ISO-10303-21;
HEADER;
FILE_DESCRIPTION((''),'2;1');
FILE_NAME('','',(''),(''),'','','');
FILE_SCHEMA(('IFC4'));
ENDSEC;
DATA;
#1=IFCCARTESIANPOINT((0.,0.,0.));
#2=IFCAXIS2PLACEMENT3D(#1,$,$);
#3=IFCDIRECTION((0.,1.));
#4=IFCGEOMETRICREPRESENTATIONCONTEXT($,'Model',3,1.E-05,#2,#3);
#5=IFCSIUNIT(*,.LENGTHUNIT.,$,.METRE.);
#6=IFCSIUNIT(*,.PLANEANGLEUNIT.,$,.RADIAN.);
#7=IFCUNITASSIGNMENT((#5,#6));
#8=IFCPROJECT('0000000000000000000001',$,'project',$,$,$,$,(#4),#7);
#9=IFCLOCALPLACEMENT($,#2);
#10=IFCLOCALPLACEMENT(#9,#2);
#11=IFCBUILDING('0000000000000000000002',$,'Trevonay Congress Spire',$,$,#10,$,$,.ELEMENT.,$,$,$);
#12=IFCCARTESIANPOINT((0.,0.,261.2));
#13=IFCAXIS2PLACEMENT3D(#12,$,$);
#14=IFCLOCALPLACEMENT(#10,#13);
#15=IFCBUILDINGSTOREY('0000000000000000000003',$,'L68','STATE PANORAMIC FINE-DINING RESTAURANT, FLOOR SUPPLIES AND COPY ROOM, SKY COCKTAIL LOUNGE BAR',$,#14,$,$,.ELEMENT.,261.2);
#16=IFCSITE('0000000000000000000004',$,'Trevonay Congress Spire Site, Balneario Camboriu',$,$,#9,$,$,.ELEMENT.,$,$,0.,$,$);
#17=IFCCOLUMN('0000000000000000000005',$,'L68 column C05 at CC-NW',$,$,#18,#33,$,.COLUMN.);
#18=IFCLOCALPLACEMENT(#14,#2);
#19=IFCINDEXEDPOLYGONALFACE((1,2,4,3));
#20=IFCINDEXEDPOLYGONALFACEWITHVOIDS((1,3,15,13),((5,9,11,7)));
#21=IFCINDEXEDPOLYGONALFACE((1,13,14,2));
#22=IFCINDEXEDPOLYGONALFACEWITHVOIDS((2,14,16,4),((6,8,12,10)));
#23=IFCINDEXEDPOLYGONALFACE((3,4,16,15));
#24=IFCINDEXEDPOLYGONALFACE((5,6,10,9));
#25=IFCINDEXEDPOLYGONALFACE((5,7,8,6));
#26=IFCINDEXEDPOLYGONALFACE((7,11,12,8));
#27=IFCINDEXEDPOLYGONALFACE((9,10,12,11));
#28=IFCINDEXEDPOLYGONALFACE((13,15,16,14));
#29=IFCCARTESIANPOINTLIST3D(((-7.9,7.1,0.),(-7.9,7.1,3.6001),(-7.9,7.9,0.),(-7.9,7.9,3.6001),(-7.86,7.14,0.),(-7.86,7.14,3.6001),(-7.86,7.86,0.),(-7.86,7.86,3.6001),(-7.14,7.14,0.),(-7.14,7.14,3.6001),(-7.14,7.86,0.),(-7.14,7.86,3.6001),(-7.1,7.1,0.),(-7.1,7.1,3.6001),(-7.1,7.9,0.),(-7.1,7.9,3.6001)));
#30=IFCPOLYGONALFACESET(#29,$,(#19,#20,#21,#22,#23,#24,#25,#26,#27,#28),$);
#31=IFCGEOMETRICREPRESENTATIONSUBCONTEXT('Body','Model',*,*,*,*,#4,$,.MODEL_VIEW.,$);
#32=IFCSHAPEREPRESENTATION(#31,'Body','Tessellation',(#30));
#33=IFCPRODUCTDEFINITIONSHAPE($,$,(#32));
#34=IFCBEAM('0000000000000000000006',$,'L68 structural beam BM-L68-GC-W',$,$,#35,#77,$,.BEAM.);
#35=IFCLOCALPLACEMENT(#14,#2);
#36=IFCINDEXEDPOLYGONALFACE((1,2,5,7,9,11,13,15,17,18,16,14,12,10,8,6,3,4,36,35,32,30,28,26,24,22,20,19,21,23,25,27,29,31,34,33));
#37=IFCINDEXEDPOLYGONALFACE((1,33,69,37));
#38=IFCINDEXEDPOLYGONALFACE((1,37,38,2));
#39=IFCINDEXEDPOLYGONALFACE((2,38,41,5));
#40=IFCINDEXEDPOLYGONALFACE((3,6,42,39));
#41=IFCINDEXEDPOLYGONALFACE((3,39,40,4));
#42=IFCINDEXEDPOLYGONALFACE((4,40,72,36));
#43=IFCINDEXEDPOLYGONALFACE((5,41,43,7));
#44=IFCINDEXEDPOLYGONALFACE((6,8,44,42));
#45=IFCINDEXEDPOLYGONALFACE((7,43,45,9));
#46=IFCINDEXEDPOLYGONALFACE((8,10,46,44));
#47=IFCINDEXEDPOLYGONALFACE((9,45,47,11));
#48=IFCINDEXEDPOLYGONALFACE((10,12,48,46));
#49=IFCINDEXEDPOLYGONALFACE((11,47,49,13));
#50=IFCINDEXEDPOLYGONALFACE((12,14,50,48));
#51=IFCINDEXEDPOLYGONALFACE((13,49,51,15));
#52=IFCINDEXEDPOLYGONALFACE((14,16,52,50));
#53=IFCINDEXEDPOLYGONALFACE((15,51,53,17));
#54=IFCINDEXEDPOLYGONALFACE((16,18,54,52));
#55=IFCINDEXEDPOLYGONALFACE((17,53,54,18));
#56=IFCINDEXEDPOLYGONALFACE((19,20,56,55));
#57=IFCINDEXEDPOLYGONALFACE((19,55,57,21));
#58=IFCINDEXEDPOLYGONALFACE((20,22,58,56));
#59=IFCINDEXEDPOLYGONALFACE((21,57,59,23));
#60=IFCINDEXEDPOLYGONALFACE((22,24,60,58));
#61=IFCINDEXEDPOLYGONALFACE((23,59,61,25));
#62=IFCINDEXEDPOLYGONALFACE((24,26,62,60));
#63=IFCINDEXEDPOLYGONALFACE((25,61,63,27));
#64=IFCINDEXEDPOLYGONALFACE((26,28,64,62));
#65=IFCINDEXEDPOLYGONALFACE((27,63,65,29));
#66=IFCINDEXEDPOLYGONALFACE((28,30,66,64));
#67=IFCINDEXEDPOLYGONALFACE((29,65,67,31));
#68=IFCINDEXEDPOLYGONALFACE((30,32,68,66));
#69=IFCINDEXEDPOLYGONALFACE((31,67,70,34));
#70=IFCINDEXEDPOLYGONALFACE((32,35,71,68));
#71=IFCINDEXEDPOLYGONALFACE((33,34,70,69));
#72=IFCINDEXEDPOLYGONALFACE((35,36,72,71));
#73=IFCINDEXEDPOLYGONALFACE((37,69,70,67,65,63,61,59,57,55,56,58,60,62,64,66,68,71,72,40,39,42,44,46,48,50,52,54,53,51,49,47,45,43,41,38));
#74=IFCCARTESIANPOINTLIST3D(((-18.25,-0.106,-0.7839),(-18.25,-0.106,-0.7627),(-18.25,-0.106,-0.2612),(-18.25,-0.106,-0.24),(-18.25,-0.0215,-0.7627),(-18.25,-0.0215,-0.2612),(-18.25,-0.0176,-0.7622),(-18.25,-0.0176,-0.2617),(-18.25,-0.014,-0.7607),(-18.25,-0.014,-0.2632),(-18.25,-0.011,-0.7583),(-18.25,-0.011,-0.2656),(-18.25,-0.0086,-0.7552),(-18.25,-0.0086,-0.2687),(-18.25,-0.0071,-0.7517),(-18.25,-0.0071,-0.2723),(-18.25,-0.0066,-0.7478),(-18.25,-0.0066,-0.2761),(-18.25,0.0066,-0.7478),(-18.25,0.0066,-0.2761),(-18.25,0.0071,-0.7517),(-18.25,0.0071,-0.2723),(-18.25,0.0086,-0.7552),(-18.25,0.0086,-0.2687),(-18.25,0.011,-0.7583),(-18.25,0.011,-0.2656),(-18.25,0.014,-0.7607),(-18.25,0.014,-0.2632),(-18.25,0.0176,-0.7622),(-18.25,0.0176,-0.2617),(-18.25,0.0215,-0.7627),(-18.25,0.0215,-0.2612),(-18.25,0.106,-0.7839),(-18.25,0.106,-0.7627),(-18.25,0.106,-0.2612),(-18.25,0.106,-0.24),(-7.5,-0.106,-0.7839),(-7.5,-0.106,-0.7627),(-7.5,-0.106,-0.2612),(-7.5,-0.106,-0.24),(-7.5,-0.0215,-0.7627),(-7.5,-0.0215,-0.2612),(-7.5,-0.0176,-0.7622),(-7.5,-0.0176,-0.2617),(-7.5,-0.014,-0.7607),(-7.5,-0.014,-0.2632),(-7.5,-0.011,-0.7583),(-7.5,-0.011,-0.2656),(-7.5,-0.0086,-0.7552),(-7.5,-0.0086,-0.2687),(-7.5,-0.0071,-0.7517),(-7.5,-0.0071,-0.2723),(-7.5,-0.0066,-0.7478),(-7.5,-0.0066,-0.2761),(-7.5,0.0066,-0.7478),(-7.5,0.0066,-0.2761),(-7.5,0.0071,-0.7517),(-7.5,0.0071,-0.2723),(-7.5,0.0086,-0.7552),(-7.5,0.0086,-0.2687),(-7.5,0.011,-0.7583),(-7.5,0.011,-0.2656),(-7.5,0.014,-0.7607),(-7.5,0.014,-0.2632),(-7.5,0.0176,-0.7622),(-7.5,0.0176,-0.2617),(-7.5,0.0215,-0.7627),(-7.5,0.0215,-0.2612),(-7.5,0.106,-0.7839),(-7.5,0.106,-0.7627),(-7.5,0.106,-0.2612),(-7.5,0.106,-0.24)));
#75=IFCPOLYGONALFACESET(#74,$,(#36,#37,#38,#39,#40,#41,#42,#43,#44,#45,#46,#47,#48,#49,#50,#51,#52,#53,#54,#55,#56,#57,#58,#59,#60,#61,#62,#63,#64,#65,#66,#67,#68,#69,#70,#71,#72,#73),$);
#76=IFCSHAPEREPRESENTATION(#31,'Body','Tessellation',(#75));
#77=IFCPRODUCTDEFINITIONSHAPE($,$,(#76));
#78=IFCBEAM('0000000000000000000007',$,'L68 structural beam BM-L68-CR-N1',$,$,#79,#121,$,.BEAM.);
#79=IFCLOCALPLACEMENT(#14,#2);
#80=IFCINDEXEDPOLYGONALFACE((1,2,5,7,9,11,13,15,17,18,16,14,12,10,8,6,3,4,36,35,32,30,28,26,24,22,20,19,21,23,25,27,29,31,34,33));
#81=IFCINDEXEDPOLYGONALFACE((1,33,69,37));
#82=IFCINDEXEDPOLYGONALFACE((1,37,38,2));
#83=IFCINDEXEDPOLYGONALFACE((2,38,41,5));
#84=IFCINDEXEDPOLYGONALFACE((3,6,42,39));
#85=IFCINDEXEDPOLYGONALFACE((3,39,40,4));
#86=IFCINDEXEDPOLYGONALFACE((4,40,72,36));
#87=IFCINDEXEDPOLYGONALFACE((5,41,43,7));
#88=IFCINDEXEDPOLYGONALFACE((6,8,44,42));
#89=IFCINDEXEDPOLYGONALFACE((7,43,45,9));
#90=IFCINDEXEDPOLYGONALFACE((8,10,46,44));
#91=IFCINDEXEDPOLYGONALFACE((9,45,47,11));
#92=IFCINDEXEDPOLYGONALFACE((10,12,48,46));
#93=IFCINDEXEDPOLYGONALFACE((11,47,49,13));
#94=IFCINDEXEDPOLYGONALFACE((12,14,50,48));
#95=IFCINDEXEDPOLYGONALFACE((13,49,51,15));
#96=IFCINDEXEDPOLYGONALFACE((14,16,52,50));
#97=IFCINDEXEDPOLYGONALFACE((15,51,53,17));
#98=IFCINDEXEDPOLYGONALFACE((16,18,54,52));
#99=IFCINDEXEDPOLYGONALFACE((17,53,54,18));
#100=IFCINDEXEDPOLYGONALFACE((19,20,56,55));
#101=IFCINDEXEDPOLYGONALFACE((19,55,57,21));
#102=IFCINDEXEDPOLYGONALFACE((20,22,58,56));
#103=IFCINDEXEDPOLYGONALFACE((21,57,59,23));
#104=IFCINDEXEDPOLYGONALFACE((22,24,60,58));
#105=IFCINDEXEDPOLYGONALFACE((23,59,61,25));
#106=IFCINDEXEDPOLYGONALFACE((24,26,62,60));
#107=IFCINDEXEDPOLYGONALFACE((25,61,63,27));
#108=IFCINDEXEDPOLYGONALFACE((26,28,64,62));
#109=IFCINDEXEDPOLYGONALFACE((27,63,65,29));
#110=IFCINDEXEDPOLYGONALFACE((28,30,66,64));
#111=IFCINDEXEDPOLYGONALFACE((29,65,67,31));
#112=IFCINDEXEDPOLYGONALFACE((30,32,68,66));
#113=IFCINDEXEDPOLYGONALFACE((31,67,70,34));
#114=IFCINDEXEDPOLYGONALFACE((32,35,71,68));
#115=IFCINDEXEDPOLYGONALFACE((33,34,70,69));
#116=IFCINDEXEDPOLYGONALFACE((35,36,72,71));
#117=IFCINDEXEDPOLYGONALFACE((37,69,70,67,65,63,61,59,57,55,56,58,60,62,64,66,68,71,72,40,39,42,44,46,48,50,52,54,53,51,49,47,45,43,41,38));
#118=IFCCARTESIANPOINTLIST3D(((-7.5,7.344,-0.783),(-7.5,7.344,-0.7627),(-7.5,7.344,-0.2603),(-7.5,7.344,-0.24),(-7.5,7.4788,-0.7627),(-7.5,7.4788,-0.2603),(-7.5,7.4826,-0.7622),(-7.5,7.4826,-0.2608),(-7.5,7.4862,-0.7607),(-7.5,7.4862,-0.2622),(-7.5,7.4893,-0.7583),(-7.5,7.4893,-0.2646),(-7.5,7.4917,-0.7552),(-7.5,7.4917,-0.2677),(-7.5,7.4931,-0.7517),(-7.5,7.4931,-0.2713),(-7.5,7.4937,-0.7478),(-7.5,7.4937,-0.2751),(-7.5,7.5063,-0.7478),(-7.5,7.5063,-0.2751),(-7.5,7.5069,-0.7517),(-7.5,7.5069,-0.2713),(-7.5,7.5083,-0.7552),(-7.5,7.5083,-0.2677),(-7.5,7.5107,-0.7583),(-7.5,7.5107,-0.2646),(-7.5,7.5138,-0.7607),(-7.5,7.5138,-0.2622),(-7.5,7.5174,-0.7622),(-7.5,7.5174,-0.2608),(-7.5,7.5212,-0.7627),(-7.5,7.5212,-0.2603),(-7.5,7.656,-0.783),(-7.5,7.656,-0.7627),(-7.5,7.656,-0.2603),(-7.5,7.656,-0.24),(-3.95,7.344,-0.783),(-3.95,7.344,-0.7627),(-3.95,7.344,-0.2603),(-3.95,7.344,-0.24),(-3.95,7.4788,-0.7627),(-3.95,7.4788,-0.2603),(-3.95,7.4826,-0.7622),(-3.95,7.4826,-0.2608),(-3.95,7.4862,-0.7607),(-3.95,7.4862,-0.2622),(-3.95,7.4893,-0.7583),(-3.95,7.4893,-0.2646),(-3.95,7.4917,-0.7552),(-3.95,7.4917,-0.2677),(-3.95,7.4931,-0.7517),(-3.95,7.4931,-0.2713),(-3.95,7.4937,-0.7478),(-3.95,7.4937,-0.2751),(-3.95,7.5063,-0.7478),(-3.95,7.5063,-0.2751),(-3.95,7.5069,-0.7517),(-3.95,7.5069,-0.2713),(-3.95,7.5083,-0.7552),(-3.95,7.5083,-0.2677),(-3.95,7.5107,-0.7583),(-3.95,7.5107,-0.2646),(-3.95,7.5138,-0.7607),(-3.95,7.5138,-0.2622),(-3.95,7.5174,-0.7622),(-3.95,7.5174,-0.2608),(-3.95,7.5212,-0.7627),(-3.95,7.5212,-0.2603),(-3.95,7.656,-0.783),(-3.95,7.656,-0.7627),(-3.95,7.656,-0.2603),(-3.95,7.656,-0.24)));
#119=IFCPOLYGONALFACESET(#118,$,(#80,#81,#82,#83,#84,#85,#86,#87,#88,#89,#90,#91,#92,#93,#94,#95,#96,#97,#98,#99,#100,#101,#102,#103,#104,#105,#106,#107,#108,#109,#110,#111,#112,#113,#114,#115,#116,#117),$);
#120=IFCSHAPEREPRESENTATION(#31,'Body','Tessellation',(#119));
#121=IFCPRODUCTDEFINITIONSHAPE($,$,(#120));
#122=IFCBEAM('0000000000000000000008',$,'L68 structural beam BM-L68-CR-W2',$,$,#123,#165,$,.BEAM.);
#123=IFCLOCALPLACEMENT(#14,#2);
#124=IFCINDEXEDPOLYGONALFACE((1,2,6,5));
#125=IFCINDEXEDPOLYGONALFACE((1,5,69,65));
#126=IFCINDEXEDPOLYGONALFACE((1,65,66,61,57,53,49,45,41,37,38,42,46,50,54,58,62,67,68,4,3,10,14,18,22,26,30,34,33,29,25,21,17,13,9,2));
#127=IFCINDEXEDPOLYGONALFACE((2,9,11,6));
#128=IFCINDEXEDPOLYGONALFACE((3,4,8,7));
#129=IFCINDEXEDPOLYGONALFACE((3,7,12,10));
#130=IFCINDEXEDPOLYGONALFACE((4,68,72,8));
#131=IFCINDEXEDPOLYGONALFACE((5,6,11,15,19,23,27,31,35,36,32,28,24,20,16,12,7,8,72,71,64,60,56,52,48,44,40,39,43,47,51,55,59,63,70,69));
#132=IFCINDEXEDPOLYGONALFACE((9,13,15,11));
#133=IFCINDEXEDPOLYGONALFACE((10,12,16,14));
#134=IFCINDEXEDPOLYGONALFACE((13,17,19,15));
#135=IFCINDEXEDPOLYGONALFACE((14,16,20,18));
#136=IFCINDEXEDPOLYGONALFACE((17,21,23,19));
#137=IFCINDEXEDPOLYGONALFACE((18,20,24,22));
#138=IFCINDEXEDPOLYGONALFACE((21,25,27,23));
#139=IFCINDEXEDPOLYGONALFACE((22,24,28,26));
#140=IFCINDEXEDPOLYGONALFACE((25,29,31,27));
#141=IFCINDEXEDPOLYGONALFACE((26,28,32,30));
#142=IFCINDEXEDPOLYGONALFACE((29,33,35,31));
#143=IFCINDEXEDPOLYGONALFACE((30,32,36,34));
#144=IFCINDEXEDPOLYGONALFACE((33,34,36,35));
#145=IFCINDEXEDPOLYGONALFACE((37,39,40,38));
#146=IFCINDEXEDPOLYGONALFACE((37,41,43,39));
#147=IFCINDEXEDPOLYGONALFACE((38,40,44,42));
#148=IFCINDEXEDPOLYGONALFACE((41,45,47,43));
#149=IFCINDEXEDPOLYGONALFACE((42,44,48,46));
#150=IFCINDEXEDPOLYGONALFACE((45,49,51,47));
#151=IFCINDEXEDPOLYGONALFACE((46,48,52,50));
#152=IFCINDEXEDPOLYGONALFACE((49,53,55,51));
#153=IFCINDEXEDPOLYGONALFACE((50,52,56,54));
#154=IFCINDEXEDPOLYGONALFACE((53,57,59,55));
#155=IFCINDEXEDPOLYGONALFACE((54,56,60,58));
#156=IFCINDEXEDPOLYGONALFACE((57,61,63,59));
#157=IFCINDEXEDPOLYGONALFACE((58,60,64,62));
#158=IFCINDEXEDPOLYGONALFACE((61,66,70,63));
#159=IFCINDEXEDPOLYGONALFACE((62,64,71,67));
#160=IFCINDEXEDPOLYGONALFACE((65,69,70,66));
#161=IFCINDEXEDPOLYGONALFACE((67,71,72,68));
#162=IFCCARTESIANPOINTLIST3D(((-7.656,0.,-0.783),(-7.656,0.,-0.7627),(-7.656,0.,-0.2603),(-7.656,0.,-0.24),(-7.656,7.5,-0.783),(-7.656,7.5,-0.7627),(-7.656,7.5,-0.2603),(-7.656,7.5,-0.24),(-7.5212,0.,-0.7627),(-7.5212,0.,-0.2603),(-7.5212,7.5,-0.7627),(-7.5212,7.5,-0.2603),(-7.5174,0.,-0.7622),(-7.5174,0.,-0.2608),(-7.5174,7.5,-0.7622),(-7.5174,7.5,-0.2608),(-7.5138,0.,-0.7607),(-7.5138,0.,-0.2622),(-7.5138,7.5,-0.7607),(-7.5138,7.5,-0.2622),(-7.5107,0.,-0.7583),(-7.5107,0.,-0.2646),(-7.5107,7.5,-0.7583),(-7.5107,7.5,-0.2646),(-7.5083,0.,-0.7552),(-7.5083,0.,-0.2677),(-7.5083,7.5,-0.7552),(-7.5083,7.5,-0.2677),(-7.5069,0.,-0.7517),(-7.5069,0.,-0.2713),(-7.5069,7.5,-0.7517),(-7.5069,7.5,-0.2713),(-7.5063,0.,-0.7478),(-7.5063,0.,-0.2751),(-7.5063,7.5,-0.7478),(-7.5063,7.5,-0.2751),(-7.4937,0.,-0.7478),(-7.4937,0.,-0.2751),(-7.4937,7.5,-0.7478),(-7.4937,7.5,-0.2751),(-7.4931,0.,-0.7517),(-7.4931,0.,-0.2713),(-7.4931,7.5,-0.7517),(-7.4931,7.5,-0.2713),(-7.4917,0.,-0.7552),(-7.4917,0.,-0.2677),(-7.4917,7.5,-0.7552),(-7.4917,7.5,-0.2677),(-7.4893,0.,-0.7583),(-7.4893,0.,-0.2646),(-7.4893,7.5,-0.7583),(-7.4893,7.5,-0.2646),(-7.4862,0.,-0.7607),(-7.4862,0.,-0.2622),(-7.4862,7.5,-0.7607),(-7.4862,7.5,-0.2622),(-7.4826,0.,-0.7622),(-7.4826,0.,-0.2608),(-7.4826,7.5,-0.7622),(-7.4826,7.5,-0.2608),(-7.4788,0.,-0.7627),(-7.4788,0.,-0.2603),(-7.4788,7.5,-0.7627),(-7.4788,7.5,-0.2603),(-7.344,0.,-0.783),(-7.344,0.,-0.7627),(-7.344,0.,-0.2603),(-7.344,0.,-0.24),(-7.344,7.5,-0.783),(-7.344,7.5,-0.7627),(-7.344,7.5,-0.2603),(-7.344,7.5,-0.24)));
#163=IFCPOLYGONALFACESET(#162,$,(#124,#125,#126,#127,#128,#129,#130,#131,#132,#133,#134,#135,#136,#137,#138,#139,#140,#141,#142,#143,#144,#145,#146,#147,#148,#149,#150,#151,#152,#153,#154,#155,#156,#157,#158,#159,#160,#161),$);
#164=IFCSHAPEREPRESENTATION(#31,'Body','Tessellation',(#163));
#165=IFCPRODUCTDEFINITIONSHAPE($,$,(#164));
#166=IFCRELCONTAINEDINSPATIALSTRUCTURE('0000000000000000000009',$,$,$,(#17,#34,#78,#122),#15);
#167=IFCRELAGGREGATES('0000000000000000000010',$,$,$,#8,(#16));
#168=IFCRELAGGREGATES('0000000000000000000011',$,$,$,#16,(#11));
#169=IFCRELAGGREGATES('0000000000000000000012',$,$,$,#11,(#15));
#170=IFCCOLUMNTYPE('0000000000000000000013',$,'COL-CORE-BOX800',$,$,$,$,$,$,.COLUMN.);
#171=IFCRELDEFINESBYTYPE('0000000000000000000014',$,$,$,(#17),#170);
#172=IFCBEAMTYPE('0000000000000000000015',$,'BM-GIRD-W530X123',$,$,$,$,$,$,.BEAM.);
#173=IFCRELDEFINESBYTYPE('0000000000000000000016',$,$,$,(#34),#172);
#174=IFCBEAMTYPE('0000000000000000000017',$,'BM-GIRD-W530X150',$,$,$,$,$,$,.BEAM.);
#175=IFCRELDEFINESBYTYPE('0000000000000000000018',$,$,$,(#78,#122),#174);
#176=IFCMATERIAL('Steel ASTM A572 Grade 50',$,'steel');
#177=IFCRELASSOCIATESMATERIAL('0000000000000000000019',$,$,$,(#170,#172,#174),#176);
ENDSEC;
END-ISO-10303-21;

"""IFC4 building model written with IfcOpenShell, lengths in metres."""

from ifc_helpers import new_model, si_unit, direction, frame, origin, origin_2d, place, context, subcontext, project, spatial, hollow_rectangle, i_section, extrude, material, material_profile, profile_set, type_object, element, save


model = new_model("IFC4")

# Units and contexts
model_context = context("Model", 3, precision=1e-05, world=origin(), true_north=direction((0.0, 1.0)))
body_context = subcontext(model_context, "Body", "Model", "MODEL_VIEW")
ifc_project = project(units=[si_unit("LENGTHUNIT", "METRE"), si_unit("PLANEANGLEUNIT", "RADIAN")], contexts=[model_context])

# Site, building, storey
site_placement = place(None, origin())
site = spatial("IfcSite", under=ifc_project, at=site_placement, Name="Trevonay Congress Spire Site, Balneario Camboriu", CompositionType="ELEMENT", RefElevation=0.0)
building_placement = place(site_placement, origin())
building = spatial("IfcBuilding", under=site, at=building_placement, Name="Trevonay Congress Spire", CompositionType="ELEMENT")
storey_placement = place(building_placement, frame((0.0, 0.0, 261.2)))
storey = spatial("IfcBuildingStorey", under=building, at=storey_placement, Name="L68", Description="STATE PANORAMIC FINE-DINING RESTAURANT, FLOOR SUPPLIES AND COPY ROOM, SKY COCKTAIL LOUNGE BAR", CompositionType="ELEMENT", Elevation=261.2)

# Column
ifc_material_1 = material(Name="Steel ASTM A572 Grade 50", Category="steel")
ifc_material_profile_1 = material_profile(ifc_material_1, hollow_rectangle(XDim=0.8, YDim=0.8, WallThickness=0.04, at=origin_2d()), Name="BOX 800x800x40")
ifc_profile_set_1 = profile_set([ifc_material_profile_1], Name="Steel ASTM A572 Grade 50")
column_type = type_object("IfcColumnType", Name="COL-CORE-BOX800", PredefinedType="COLUMN", material=ifc_profile_set_1)
column_placement = place(storey_placement, frame((-7.5, 7.5, 0.0), z_axis=(0.0, 0.0, 1.0), x_axis=(1.0, 0.0, 0.0)))
element("IfcColumn", 1, at=column_placement, inside=storey, type_object=column_type, Name="L68 column C05 at CC-NW", PredefinedType="COLUMN", context=body_context, shape_type="SweptSolid", body=[
    extrude(hollow_rectangle(XDim=0.8, YDim=0.8, WallThickness=0.04, at=origin_2d()), origin(), (0.0, 0.0, 1.0), 3.6001),
])

# Beams
ifc_material_profile_2 = material_profile(ifc_material_1, i_section(OverallWidth=0.2119, OverallDepth=0.5439, WebThickness=0.0132, FlangeThickness=0.0212, FilletRadius=0.0149, at=origin_2d()), Name="W530x123")
ifc_profile_set_2 = profile_set([ifc_material_profile_2], Name="Steel ASTM A572 Grade 50")
beam_type_1 = type_object("IfcBeamType", Name="BM-GIRD-W530X123", PredefinedType="BEAM", material=ifc_profile_set_2)
beam_1_placement = place(storey_placement, frame((-7.5, 0.0, -0.512), z_axis=(-1.0, 0.0, 0.0), x_axis=(0.0, -1.0, 0.0)))
element("IfcBeam", 2, at=beam_1_placement, inside=storey, type_object=beam_type_1, Name="L68 structural beam BM-L68-GC-W", PredefinedType="BEAM", context=body_context, shape_type="SweptSolid", body=[
    extrude(i_section(OverallWidth=0.2119, OverallDepth=0.5439, WebThickness=0.0132, FlangeThickness=0.0212, FilletRadius=0.0149, at=origin_2d()), origin(), (0.0, 0.0, 1.0), 10.75),
])
ifc_material_profile_3 = material_profile(ifc_material_1, i_section(OverallWidth=0.312, OverallDepth=0.543, WebThickness=0.0127, FlangeThickness=0.0203, FilletRadius=0.0149, at=origin_2d()), Name="W530x150")
ifc_profile_set_3 = profile_set([ifc_material_profile_3], Name="Steel ASTM A572 Grade 50")
beam_type_2 = type_object("IfcBeamType", Name="BM-GIRD-W530X150", PredefinedType="BEAM", material=ifc_profile_set_3)
beam_2_placement = place(storey_placement, frame((-7.5, 7.5, -0.5115), z_axis=(1.0, 0.0, 0.0), x_axis=(0.0, 1.0, 0.0)))
element("IfcBeam", 3, at=beam_2_placement, inside=storey, type_object=beam_type_2, Name="L68 structural beam BM-L68-CR-N1", PredefinedType="BEAM", context=body_context, shape_type="SweptSolid", body=[
    extrude(i_section(OverallWidth=0.312, OverallDepth=0.543, WebThickness=0.0127, FlangeThickness=0.0203, FilletRadius=0.0149, at=origin_2d()), origin(), (0.0, 0.0, 1.0), 3.55),
])
beam_3_placement = place(storey_placement, frame((-7.5, 0.0, -0.5115), z_axis=(0.0, 1.0, 0.0), x_axis=(-1.0, 0.0, 0.0)))
element("IfcBeam", 4, at=beam_3_placement, inside=storey, type_object=beam_type_2, Name="L68 structural beam BM-L68-CR-W2", PredefinedType="BEAM", context=body_context, shape_type="SweptSolid", body=[
    extrude(i_section(OverallWidth=0.312, OverallDepth=0.543, WebThickness=0.0127, FlangeThickness=0.0203, FilletRadius=0.0149, at=origin_2d()), origin(), (0.0, 0.0, 1.0), 7.5),
])

save(model, "model.ifc")
